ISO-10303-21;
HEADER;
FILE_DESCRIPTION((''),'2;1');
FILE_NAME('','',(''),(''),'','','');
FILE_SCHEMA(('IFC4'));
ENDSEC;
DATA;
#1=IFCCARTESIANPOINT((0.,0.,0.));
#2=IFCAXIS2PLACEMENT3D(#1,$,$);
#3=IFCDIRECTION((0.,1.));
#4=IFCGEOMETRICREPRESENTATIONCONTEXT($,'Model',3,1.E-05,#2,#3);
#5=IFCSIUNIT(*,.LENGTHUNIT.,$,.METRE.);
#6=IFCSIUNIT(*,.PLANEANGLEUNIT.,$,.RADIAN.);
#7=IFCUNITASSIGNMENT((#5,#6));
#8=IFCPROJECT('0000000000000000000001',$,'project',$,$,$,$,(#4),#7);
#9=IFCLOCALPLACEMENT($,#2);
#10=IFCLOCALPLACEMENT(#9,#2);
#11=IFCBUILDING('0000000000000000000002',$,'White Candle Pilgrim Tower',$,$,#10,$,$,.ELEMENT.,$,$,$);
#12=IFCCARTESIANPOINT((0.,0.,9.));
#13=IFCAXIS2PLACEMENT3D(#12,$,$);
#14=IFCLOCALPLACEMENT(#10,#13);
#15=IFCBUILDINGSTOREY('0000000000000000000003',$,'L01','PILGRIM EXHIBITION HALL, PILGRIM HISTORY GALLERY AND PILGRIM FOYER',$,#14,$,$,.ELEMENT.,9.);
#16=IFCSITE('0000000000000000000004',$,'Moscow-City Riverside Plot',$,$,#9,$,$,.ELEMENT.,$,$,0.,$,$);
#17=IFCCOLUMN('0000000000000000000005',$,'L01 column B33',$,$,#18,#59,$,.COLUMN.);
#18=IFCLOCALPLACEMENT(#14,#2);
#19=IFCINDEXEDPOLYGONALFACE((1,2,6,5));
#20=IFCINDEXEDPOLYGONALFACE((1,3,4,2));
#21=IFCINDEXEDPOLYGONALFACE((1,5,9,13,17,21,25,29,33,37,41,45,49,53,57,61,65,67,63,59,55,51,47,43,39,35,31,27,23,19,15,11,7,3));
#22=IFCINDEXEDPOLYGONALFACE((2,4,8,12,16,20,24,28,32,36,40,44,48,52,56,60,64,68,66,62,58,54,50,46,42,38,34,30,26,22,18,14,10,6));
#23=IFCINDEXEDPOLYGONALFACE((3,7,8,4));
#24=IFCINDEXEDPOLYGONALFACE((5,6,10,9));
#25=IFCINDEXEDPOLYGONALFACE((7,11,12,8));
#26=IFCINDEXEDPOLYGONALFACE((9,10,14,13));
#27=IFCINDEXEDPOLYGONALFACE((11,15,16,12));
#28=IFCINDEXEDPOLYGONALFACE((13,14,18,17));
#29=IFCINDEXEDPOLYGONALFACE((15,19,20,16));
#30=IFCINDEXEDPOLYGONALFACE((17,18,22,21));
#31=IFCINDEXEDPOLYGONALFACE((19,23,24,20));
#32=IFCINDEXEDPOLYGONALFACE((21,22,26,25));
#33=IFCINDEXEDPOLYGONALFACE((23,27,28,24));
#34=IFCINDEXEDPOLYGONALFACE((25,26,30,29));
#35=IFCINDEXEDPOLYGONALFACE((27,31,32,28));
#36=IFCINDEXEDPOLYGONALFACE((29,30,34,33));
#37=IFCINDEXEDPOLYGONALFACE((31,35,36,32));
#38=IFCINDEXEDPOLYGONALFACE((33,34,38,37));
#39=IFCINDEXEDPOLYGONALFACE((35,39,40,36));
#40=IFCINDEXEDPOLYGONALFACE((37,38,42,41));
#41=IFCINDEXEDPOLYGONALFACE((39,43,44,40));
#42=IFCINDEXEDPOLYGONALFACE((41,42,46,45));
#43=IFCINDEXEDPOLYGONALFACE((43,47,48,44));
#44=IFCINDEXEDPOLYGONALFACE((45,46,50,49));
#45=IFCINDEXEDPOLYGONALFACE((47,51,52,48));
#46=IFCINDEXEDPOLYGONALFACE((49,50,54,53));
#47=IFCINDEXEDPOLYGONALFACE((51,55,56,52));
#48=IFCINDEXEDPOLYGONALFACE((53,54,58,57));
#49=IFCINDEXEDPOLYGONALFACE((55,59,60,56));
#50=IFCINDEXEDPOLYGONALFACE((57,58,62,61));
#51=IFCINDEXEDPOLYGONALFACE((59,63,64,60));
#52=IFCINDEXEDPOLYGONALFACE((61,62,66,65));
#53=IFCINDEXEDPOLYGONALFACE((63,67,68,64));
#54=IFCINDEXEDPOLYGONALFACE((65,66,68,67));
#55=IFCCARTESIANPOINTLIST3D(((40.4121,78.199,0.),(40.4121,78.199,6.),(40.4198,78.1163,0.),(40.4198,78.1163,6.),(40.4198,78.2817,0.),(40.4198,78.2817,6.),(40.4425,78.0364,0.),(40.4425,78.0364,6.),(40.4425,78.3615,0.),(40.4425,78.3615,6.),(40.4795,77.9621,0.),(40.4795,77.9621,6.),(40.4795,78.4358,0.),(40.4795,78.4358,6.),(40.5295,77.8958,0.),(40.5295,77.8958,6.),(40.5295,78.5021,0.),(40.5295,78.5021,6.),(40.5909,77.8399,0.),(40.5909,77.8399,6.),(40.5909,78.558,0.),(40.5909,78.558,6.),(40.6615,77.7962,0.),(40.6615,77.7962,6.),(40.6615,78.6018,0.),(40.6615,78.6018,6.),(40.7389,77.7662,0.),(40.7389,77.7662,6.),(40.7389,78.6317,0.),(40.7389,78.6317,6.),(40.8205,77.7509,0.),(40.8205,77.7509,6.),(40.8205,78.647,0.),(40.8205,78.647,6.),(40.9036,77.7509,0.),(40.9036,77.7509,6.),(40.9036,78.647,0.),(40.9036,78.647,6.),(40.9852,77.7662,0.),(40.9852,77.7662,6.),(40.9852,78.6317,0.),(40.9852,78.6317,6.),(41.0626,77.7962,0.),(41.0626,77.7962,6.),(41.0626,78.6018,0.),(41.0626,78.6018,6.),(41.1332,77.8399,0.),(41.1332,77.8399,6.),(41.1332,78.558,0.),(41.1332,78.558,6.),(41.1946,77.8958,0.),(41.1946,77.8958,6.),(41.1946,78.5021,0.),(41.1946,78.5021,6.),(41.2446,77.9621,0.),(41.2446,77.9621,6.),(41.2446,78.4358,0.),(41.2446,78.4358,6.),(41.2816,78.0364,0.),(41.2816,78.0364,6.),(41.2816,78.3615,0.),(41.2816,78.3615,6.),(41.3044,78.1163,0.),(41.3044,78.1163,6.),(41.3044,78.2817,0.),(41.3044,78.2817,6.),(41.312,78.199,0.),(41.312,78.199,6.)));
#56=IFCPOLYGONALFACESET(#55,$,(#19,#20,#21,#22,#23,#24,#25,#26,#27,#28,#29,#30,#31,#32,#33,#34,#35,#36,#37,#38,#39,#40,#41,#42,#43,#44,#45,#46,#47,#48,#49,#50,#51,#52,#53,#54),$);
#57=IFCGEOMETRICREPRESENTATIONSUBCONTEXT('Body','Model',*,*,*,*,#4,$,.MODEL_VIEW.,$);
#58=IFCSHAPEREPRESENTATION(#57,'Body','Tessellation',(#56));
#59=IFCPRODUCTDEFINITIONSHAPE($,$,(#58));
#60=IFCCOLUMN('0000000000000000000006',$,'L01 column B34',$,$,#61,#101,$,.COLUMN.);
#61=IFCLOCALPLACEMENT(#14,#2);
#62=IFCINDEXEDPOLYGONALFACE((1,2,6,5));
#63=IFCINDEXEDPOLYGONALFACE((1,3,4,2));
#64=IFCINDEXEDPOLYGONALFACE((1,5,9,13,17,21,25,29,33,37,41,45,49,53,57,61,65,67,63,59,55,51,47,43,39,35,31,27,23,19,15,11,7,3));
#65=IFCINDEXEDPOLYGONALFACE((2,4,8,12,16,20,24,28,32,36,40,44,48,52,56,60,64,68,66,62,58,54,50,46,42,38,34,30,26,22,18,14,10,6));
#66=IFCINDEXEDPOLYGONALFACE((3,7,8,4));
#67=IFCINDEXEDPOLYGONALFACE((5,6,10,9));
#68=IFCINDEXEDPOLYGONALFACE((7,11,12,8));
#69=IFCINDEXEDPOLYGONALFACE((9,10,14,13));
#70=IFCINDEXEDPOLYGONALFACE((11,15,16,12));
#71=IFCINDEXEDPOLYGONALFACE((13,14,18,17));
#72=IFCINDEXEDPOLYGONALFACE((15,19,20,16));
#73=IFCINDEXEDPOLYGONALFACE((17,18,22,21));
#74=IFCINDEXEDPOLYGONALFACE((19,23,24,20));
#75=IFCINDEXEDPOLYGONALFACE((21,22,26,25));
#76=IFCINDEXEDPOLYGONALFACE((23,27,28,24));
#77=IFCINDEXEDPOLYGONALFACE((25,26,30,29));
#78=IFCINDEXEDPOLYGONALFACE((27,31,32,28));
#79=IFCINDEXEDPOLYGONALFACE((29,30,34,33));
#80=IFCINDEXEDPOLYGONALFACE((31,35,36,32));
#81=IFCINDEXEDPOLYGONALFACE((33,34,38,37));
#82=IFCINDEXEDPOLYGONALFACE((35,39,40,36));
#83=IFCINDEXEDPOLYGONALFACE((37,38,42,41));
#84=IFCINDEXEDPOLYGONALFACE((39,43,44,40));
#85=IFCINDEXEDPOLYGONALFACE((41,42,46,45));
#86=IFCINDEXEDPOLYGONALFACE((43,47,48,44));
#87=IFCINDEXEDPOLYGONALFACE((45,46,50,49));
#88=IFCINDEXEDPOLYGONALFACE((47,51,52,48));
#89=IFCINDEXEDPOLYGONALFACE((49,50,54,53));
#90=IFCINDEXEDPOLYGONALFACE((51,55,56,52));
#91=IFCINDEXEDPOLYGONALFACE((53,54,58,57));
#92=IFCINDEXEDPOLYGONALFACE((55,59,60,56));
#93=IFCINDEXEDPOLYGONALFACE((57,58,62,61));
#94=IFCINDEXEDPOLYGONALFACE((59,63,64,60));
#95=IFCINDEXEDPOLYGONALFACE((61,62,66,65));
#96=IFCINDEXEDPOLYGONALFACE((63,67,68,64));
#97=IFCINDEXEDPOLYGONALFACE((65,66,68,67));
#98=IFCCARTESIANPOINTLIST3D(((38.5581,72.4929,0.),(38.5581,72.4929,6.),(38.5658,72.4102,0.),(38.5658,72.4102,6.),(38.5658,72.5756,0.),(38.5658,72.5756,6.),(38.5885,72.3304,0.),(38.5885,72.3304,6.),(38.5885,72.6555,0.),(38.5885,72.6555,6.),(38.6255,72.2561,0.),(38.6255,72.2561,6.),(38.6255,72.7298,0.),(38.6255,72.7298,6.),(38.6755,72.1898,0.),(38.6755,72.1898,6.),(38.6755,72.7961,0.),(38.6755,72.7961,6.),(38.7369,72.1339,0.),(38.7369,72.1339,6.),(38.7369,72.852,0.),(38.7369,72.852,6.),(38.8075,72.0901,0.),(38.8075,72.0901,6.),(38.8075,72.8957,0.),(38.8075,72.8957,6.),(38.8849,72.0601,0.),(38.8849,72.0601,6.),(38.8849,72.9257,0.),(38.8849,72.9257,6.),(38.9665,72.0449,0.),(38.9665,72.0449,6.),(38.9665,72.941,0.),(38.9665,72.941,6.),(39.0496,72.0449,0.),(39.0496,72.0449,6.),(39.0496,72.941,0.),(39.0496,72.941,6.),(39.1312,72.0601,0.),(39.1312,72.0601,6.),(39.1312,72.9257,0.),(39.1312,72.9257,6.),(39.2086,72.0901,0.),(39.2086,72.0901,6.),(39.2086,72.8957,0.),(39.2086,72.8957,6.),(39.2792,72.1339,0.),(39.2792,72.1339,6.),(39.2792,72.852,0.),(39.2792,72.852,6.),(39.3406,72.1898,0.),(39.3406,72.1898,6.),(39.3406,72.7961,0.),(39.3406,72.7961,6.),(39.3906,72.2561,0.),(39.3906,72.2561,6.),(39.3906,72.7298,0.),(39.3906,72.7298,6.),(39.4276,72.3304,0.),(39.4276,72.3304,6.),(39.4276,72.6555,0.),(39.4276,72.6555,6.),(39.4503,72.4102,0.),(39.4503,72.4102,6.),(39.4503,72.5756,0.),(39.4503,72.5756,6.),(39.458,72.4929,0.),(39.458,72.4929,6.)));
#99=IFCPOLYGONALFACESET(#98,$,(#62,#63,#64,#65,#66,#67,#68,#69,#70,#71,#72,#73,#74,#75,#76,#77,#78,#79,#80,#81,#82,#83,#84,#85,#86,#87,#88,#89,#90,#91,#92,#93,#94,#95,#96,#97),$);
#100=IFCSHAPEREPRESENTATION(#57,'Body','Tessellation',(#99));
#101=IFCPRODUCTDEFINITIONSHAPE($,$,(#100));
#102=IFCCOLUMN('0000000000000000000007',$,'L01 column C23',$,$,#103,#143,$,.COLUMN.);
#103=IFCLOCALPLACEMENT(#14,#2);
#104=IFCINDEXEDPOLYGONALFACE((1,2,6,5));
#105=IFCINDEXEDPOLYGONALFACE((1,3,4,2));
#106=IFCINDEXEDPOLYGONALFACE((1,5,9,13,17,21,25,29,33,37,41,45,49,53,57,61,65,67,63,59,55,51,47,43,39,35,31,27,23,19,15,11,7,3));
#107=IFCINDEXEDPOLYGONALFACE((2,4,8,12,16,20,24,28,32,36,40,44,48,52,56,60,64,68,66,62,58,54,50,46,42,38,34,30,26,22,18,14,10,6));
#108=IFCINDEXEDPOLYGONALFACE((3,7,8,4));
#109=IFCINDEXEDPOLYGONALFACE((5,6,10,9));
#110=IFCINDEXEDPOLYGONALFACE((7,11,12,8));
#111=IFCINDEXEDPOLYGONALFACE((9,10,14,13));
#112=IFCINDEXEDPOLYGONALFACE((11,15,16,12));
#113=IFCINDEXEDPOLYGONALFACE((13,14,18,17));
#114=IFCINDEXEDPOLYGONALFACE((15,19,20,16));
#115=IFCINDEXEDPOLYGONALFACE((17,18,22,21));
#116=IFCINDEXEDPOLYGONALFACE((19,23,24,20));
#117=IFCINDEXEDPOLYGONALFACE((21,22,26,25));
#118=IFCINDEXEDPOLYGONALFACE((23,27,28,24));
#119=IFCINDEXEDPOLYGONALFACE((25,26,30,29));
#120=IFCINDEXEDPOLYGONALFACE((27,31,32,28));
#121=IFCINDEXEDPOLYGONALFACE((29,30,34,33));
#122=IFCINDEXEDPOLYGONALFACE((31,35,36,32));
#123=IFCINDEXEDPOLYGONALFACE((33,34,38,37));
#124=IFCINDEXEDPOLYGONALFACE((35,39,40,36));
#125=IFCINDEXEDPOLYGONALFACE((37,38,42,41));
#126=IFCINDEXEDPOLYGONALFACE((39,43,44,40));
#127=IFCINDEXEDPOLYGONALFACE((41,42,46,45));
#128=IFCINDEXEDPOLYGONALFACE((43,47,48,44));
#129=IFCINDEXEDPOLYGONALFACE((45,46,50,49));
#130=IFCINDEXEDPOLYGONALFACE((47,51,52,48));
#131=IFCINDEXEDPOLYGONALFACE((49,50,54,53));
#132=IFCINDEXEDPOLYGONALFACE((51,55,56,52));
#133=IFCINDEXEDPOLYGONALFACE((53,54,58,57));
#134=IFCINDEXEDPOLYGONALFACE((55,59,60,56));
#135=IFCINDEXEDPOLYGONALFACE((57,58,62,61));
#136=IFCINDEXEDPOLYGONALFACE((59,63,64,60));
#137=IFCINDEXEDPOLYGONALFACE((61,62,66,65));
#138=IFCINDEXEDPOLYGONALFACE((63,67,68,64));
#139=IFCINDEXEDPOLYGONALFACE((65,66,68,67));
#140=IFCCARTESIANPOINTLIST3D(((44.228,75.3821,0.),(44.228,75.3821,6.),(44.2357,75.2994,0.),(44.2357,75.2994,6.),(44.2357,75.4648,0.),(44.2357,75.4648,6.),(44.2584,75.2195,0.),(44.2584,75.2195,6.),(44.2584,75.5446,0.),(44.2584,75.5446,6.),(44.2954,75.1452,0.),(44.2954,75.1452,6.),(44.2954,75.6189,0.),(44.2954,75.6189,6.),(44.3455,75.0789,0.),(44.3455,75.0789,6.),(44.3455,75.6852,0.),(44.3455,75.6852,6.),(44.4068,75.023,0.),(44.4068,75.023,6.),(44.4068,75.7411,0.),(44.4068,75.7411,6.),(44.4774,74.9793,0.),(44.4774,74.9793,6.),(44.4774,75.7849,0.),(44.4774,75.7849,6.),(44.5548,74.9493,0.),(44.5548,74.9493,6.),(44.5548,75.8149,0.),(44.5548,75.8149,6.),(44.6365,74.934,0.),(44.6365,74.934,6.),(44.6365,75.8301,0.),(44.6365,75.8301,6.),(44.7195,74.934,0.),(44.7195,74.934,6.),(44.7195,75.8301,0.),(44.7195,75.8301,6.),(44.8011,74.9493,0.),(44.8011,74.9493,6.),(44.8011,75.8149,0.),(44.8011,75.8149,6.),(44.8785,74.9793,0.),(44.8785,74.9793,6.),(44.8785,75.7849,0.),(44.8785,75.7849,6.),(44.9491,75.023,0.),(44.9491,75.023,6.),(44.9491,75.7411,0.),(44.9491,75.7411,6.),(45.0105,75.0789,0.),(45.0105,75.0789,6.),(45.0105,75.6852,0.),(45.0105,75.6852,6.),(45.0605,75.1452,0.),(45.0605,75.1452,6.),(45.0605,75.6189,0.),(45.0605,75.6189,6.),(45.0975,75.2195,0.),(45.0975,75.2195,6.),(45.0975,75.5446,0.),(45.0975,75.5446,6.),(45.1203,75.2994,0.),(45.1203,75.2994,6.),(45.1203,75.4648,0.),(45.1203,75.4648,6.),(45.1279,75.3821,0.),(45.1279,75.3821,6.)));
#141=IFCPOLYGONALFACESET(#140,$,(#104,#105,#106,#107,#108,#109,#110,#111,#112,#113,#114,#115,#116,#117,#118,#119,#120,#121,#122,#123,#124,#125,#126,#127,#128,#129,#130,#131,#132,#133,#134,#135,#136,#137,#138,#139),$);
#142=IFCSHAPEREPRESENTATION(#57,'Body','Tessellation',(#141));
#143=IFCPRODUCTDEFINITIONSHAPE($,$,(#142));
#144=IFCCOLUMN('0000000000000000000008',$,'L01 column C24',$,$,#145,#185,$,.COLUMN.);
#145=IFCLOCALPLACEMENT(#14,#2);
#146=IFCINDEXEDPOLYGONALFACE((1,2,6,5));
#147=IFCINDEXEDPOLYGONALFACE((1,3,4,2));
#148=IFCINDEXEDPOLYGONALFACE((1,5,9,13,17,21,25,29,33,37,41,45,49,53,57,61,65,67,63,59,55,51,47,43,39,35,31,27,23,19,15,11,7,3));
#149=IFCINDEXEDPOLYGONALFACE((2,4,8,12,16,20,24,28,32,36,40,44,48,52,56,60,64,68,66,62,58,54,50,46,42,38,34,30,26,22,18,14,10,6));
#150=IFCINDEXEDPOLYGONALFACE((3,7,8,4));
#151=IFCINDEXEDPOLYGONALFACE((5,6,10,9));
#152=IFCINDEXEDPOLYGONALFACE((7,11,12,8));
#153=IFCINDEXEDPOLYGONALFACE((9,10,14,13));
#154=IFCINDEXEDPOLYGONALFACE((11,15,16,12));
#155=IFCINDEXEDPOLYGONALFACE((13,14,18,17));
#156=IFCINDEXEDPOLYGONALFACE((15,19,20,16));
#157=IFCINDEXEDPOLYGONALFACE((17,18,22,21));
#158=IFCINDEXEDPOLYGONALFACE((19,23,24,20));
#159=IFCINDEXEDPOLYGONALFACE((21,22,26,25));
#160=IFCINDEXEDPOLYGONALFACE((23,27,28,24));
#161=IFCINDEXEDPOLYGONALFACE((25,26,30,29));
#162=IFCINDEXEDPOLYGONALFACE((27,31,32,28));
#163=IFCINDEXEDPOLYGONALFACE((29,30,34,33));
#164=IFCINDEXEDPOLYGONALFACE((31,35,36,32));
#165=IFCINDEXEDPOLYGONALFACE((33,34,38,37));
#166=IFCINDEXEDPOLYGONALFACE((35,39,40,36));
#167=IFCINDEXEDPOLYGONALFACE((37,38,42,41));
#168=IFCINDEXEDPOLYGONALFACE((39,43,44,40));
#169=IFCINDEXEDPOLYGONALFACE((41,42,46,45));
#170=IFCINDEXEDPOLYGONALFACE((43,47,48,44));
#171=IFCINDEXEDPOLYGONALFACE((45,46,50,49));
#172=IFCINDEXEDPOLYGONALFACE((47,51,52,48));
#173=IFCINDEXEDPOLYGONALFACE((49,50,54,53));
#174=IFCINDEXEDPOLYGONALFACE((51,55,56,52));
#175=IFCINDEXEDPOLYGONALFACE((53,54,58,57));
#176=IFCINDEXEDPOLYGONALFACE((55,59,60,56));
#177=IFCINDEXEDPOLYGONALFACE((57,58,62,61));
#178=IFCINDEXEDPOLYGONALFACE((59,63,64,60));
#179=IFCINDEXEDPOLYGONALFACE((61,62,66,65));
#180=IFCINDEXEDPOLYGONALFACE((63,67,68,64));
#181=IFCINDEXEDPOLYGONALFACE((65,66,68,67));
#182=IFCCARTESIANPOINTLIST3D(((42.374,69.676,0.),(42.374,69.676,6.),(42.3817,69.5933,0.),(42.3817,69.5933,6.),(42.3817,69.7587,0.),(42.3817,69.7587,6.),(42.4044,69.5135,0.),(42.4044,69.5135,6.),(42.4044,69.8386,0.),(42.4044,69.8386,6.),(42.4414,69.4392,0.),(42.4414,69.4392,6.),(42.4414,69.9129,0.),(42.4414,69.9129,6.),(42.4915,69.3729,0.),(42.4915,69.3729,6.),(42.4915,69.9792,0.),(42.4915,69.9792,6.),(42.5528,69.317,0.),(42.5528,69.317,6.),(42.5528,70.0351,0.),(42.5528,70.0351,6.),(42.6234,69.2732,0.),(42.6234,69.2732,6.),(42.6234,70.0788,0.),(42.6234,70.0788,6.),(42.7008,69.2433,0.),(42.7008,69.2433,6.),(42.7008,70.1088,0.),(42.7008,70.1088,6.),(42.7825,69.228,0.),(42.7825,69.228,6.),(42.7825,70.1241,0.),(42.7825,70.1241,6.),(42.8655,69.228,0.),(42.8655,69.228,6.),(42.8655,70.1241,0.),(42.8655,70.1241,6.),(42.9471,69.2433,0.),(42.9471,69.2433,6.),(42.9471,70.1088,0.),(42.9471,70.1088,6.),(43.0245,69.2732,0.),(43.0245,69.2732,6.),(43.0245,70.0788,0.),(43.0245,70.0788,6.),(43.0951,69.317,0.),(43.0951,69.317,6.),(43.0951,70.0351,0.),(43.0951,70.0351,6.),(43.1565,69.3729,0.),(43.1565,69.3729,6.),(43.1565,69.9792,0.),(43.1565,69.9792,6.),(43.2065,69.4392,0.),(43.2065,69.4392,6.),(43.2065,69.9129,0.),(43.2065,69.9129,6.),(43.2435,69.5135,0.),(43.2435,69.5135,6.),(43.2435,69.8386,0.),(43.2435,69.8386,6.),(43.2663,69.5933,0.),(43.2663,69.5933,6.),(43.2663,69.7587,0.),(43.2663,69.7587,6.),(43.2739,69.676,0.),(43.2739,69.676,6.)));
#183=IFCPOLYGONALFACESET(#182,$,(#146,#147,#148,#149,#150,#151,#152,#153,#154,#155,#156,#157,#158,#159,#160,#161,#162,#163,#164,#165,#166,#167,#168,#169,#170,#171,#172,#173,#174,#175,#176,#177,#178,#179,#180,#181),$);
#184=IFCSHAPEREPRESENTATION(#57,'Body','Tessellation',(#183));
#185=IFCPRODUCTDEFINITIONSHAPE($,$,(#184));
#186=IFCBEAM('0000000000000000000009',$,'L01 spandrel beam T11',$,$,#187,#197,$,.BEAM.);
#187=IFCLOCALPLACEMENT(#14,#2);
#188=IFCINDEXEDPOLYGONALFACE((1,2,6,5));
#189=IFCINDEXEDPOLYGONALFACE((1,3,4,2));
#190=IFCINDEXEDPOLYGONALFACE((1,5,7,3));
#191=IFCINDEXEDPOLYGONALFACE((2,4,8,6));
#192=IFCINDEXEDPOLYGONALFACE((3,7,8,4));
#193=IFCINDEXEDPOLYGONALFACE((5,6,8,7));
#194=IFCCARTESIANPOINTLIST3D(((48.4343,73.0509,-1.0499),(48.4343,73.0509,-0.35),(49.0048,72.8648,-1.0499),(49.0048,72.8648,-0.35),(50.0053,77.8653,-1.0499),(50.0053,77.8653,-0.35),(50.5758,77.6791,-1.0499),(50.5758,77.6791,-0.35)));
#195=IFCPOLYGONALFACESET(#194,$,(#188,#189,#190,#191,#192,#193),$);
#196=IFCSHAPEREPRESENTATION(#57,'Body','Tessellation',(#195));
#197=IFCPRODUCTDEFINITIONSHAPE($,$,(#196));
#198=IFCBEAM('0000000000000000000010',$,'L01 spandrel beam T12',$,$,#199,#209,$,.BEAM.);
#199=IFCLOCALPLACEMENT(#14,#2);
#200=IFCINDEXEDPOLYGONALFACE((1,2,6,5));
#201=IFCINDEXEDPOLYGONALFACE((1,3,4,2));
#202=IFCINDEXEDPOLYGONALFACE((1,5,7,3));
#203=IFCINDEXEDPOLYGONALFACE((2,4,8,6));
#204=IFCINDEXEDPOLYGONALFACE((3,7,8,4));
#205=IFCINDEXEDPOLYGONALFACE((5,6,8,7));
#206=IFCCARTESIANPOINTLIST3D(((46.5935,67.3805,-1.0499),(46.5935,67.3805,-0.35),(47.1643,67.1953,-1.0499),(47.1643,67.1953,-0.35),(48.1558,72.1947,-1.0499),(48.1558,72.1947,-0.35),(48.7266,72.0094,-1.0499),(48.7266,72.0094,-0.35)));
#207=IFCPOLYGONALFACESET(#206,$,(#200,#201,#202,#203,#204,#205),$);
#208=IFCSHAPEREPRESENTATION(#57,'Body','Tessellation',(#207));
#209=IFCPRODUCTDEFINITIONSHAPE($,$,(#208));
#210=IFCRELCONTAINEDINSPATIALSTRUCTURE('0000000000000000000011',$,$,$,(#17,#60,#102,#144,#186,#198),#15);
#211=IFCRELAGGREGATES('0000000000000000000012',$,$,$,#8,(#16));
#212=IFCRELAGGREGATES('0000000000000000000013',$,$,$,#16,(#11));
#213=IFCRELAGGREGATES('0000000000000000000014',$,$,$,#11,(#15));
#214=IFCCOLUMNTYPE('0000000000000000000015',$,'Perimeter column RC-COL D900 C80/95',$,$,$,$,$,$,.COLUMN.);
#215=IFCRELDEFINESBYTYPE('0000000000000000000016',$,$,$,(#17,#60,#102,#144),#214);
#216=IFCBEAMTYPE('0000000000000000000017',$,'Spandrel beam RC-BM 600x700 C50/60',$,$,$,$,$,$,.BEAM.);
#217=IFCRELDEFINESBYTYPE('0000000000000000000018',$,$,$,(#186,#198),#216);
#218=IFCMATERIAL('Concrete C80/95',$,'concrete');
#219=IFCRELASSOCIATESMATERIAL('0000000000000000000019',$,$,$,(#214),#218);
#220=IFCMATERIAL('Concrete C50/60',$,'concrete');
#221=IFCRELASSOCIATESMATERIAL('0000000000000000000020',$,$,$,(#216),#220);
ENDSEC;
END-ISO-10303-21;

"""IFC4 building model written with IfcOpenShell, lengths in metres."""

from ifc_helpers import new_model, si_unit, direction, frame, origin, origin_2d, place, context, subcontext, project, spatial, rectangle, circle, extrude, material, material_profile, profile_set, type_object, element, save


model = new_model("IFC4")

# Units and contexts
model_context = context("Model", 3, precision=1e-05, world=origin(), true_north=direction((0.0, 1.0)))
body_context = subcontext(model_context, "Body", "Model", "MODEL_VIEW")
ifc_project = project(units=[si_unit("LENGTHUNIT", "METRE"), si_unit("PLANEANGLEUNIT", "RADIAN")], contexts=[model_context])

# Site, building, storey
site_placement = place(None, origin())
site = spatial("IfcSite", under=ifc_project, at=site_placement, Name="Moscow-City Riverside Plot", CompositionType="ELEMENT", RefElevation=0.0)
building_placement = place(site_placement, origin())
building = spatial("IfcBuilding", under=site, at=building_placement, Name="White Candle Pilgrim Tower", CompositionType="ELEMENT")
storey_placement = place(building_placement, frame((0.0, 0.0, 9.0)))
storey = spatial("IfcBuildingStorey", under=building, at=storey_placement, Name="L01", Description="PILGRIM EXHIBITION HALL, PILGRIM HISTORY GALLERY AND PILGRIM FOYER", CompositionType="ELEMENT", Elevation=9.0)

# Columns
ifc_material_1 = material(Name="Concrete C80/95", Category="concrete")
ifc_material_profile_1 = material_profile(ifc_material_1, circle(Radius=0.45, at=origin_2d()), Name="RC-COL D900")
ifc_profile_set_1 = profile_set([ifc_material_profile_1], Name="Concrete C80/95")
column_type = type_object("IfcColumnType", Name="Perimeter column RC-COL D900 C80/95", PredefinedType="COLUMN", material=ifc_profile_set_1)
for number, where, z_axis, x_axis, name in (
    (1, (40.8621, 78.199, 0.0), (0.0, 0.0, 1.0), (1.0, 0.0, 0.0), "L01 column B33"),
    (2, (39.0081, 72.4929, 0.0), (0.0, 0.0, 1.0), (1.0, 0.0, 0.0), "L01 column B34"),
    (3, (44.678, 75.3821, 0.0), (0.0, 0.0, 1.0), (1.0, 0.0, 0.0), "L01 column C23"),
    (4, (42.824, 69.676, 0.0), (0.0, 0.0, 1.0), (1.0, 0.0, 0.0), "L01 column C24"),
):
    element("IfcColumn", number, at=place(storey_placement, frame(where, z_axis=z_axis, x_axis=x_axis)), inside=storey, type_object=column_type, Name=name, PredefinedType="COLUMN", context=body_context, shape_type="SweptSolid", body=[
        extrude(circle(Radius=0.45, at=origin_2d()), origin(), (0.0, 0.0, 1.0), 6.0),
    ])

# Beams
ifc_material_2 = material(Name="Concrete C50/60", Category="concrete")
ifc_material_profile_2 = material_profile(ifc_material_2, rectangle(XDim=0.6001, YDim=0.7, at=origin_2d()), Name="RC-BM 600x700")
ifc_profile_set_2 = profile_set([ifc_material_profile_2], Name="Concrete C50/60")
beam_type = type_object("IfcBeamType", Name="Spandrel beam RC-BM 600x700 C50/60", PredefinedType="BEAM", material=ifc_profile_set_2)
beam_1_placement = place(storey_placement, frame((50.2905, 77.7722, -0.7), z_axis=(-0.31022, -0.950665, 0.0), x_axis=(0.950665, -0.31022, 0.0)))
element("IfcBeam", 5, at=beam_1_placement, inside=storey, type_object=beam_type, Name="L01 spandrel beam T11", PredefinedType="BEAM", context=body_context, shape_type="SweptSolid", body=[
    extrude(rectangle(XDim=0.6001, YDim=0.7, at=origin_2d()), origin(), (0.0, 0.0, 1.0), 5.0642),
])
beam_2_placement = place(storey_placement, frame((48.4412, 72.1021, -0.7), z_axis=(-0.308664, -0.951171, 0.0), x_axis=(0.951171, -0.308664, 0.0)))
element("IfcBeam", 6, at=beam_2_placement, inside=storey, type_object=beam_type, Name="L01 spandrel beam T12", PredefinedType="BEAM", context=body_context, shape_type="SweptSolid", body=[
    extrude(rectangle(XDim=0.6001, YDim=0.7, at=origin_2d()), origin(), (0.0, 0.0, 1.0), 5.0613),
])

save(model, "model.ifc")
